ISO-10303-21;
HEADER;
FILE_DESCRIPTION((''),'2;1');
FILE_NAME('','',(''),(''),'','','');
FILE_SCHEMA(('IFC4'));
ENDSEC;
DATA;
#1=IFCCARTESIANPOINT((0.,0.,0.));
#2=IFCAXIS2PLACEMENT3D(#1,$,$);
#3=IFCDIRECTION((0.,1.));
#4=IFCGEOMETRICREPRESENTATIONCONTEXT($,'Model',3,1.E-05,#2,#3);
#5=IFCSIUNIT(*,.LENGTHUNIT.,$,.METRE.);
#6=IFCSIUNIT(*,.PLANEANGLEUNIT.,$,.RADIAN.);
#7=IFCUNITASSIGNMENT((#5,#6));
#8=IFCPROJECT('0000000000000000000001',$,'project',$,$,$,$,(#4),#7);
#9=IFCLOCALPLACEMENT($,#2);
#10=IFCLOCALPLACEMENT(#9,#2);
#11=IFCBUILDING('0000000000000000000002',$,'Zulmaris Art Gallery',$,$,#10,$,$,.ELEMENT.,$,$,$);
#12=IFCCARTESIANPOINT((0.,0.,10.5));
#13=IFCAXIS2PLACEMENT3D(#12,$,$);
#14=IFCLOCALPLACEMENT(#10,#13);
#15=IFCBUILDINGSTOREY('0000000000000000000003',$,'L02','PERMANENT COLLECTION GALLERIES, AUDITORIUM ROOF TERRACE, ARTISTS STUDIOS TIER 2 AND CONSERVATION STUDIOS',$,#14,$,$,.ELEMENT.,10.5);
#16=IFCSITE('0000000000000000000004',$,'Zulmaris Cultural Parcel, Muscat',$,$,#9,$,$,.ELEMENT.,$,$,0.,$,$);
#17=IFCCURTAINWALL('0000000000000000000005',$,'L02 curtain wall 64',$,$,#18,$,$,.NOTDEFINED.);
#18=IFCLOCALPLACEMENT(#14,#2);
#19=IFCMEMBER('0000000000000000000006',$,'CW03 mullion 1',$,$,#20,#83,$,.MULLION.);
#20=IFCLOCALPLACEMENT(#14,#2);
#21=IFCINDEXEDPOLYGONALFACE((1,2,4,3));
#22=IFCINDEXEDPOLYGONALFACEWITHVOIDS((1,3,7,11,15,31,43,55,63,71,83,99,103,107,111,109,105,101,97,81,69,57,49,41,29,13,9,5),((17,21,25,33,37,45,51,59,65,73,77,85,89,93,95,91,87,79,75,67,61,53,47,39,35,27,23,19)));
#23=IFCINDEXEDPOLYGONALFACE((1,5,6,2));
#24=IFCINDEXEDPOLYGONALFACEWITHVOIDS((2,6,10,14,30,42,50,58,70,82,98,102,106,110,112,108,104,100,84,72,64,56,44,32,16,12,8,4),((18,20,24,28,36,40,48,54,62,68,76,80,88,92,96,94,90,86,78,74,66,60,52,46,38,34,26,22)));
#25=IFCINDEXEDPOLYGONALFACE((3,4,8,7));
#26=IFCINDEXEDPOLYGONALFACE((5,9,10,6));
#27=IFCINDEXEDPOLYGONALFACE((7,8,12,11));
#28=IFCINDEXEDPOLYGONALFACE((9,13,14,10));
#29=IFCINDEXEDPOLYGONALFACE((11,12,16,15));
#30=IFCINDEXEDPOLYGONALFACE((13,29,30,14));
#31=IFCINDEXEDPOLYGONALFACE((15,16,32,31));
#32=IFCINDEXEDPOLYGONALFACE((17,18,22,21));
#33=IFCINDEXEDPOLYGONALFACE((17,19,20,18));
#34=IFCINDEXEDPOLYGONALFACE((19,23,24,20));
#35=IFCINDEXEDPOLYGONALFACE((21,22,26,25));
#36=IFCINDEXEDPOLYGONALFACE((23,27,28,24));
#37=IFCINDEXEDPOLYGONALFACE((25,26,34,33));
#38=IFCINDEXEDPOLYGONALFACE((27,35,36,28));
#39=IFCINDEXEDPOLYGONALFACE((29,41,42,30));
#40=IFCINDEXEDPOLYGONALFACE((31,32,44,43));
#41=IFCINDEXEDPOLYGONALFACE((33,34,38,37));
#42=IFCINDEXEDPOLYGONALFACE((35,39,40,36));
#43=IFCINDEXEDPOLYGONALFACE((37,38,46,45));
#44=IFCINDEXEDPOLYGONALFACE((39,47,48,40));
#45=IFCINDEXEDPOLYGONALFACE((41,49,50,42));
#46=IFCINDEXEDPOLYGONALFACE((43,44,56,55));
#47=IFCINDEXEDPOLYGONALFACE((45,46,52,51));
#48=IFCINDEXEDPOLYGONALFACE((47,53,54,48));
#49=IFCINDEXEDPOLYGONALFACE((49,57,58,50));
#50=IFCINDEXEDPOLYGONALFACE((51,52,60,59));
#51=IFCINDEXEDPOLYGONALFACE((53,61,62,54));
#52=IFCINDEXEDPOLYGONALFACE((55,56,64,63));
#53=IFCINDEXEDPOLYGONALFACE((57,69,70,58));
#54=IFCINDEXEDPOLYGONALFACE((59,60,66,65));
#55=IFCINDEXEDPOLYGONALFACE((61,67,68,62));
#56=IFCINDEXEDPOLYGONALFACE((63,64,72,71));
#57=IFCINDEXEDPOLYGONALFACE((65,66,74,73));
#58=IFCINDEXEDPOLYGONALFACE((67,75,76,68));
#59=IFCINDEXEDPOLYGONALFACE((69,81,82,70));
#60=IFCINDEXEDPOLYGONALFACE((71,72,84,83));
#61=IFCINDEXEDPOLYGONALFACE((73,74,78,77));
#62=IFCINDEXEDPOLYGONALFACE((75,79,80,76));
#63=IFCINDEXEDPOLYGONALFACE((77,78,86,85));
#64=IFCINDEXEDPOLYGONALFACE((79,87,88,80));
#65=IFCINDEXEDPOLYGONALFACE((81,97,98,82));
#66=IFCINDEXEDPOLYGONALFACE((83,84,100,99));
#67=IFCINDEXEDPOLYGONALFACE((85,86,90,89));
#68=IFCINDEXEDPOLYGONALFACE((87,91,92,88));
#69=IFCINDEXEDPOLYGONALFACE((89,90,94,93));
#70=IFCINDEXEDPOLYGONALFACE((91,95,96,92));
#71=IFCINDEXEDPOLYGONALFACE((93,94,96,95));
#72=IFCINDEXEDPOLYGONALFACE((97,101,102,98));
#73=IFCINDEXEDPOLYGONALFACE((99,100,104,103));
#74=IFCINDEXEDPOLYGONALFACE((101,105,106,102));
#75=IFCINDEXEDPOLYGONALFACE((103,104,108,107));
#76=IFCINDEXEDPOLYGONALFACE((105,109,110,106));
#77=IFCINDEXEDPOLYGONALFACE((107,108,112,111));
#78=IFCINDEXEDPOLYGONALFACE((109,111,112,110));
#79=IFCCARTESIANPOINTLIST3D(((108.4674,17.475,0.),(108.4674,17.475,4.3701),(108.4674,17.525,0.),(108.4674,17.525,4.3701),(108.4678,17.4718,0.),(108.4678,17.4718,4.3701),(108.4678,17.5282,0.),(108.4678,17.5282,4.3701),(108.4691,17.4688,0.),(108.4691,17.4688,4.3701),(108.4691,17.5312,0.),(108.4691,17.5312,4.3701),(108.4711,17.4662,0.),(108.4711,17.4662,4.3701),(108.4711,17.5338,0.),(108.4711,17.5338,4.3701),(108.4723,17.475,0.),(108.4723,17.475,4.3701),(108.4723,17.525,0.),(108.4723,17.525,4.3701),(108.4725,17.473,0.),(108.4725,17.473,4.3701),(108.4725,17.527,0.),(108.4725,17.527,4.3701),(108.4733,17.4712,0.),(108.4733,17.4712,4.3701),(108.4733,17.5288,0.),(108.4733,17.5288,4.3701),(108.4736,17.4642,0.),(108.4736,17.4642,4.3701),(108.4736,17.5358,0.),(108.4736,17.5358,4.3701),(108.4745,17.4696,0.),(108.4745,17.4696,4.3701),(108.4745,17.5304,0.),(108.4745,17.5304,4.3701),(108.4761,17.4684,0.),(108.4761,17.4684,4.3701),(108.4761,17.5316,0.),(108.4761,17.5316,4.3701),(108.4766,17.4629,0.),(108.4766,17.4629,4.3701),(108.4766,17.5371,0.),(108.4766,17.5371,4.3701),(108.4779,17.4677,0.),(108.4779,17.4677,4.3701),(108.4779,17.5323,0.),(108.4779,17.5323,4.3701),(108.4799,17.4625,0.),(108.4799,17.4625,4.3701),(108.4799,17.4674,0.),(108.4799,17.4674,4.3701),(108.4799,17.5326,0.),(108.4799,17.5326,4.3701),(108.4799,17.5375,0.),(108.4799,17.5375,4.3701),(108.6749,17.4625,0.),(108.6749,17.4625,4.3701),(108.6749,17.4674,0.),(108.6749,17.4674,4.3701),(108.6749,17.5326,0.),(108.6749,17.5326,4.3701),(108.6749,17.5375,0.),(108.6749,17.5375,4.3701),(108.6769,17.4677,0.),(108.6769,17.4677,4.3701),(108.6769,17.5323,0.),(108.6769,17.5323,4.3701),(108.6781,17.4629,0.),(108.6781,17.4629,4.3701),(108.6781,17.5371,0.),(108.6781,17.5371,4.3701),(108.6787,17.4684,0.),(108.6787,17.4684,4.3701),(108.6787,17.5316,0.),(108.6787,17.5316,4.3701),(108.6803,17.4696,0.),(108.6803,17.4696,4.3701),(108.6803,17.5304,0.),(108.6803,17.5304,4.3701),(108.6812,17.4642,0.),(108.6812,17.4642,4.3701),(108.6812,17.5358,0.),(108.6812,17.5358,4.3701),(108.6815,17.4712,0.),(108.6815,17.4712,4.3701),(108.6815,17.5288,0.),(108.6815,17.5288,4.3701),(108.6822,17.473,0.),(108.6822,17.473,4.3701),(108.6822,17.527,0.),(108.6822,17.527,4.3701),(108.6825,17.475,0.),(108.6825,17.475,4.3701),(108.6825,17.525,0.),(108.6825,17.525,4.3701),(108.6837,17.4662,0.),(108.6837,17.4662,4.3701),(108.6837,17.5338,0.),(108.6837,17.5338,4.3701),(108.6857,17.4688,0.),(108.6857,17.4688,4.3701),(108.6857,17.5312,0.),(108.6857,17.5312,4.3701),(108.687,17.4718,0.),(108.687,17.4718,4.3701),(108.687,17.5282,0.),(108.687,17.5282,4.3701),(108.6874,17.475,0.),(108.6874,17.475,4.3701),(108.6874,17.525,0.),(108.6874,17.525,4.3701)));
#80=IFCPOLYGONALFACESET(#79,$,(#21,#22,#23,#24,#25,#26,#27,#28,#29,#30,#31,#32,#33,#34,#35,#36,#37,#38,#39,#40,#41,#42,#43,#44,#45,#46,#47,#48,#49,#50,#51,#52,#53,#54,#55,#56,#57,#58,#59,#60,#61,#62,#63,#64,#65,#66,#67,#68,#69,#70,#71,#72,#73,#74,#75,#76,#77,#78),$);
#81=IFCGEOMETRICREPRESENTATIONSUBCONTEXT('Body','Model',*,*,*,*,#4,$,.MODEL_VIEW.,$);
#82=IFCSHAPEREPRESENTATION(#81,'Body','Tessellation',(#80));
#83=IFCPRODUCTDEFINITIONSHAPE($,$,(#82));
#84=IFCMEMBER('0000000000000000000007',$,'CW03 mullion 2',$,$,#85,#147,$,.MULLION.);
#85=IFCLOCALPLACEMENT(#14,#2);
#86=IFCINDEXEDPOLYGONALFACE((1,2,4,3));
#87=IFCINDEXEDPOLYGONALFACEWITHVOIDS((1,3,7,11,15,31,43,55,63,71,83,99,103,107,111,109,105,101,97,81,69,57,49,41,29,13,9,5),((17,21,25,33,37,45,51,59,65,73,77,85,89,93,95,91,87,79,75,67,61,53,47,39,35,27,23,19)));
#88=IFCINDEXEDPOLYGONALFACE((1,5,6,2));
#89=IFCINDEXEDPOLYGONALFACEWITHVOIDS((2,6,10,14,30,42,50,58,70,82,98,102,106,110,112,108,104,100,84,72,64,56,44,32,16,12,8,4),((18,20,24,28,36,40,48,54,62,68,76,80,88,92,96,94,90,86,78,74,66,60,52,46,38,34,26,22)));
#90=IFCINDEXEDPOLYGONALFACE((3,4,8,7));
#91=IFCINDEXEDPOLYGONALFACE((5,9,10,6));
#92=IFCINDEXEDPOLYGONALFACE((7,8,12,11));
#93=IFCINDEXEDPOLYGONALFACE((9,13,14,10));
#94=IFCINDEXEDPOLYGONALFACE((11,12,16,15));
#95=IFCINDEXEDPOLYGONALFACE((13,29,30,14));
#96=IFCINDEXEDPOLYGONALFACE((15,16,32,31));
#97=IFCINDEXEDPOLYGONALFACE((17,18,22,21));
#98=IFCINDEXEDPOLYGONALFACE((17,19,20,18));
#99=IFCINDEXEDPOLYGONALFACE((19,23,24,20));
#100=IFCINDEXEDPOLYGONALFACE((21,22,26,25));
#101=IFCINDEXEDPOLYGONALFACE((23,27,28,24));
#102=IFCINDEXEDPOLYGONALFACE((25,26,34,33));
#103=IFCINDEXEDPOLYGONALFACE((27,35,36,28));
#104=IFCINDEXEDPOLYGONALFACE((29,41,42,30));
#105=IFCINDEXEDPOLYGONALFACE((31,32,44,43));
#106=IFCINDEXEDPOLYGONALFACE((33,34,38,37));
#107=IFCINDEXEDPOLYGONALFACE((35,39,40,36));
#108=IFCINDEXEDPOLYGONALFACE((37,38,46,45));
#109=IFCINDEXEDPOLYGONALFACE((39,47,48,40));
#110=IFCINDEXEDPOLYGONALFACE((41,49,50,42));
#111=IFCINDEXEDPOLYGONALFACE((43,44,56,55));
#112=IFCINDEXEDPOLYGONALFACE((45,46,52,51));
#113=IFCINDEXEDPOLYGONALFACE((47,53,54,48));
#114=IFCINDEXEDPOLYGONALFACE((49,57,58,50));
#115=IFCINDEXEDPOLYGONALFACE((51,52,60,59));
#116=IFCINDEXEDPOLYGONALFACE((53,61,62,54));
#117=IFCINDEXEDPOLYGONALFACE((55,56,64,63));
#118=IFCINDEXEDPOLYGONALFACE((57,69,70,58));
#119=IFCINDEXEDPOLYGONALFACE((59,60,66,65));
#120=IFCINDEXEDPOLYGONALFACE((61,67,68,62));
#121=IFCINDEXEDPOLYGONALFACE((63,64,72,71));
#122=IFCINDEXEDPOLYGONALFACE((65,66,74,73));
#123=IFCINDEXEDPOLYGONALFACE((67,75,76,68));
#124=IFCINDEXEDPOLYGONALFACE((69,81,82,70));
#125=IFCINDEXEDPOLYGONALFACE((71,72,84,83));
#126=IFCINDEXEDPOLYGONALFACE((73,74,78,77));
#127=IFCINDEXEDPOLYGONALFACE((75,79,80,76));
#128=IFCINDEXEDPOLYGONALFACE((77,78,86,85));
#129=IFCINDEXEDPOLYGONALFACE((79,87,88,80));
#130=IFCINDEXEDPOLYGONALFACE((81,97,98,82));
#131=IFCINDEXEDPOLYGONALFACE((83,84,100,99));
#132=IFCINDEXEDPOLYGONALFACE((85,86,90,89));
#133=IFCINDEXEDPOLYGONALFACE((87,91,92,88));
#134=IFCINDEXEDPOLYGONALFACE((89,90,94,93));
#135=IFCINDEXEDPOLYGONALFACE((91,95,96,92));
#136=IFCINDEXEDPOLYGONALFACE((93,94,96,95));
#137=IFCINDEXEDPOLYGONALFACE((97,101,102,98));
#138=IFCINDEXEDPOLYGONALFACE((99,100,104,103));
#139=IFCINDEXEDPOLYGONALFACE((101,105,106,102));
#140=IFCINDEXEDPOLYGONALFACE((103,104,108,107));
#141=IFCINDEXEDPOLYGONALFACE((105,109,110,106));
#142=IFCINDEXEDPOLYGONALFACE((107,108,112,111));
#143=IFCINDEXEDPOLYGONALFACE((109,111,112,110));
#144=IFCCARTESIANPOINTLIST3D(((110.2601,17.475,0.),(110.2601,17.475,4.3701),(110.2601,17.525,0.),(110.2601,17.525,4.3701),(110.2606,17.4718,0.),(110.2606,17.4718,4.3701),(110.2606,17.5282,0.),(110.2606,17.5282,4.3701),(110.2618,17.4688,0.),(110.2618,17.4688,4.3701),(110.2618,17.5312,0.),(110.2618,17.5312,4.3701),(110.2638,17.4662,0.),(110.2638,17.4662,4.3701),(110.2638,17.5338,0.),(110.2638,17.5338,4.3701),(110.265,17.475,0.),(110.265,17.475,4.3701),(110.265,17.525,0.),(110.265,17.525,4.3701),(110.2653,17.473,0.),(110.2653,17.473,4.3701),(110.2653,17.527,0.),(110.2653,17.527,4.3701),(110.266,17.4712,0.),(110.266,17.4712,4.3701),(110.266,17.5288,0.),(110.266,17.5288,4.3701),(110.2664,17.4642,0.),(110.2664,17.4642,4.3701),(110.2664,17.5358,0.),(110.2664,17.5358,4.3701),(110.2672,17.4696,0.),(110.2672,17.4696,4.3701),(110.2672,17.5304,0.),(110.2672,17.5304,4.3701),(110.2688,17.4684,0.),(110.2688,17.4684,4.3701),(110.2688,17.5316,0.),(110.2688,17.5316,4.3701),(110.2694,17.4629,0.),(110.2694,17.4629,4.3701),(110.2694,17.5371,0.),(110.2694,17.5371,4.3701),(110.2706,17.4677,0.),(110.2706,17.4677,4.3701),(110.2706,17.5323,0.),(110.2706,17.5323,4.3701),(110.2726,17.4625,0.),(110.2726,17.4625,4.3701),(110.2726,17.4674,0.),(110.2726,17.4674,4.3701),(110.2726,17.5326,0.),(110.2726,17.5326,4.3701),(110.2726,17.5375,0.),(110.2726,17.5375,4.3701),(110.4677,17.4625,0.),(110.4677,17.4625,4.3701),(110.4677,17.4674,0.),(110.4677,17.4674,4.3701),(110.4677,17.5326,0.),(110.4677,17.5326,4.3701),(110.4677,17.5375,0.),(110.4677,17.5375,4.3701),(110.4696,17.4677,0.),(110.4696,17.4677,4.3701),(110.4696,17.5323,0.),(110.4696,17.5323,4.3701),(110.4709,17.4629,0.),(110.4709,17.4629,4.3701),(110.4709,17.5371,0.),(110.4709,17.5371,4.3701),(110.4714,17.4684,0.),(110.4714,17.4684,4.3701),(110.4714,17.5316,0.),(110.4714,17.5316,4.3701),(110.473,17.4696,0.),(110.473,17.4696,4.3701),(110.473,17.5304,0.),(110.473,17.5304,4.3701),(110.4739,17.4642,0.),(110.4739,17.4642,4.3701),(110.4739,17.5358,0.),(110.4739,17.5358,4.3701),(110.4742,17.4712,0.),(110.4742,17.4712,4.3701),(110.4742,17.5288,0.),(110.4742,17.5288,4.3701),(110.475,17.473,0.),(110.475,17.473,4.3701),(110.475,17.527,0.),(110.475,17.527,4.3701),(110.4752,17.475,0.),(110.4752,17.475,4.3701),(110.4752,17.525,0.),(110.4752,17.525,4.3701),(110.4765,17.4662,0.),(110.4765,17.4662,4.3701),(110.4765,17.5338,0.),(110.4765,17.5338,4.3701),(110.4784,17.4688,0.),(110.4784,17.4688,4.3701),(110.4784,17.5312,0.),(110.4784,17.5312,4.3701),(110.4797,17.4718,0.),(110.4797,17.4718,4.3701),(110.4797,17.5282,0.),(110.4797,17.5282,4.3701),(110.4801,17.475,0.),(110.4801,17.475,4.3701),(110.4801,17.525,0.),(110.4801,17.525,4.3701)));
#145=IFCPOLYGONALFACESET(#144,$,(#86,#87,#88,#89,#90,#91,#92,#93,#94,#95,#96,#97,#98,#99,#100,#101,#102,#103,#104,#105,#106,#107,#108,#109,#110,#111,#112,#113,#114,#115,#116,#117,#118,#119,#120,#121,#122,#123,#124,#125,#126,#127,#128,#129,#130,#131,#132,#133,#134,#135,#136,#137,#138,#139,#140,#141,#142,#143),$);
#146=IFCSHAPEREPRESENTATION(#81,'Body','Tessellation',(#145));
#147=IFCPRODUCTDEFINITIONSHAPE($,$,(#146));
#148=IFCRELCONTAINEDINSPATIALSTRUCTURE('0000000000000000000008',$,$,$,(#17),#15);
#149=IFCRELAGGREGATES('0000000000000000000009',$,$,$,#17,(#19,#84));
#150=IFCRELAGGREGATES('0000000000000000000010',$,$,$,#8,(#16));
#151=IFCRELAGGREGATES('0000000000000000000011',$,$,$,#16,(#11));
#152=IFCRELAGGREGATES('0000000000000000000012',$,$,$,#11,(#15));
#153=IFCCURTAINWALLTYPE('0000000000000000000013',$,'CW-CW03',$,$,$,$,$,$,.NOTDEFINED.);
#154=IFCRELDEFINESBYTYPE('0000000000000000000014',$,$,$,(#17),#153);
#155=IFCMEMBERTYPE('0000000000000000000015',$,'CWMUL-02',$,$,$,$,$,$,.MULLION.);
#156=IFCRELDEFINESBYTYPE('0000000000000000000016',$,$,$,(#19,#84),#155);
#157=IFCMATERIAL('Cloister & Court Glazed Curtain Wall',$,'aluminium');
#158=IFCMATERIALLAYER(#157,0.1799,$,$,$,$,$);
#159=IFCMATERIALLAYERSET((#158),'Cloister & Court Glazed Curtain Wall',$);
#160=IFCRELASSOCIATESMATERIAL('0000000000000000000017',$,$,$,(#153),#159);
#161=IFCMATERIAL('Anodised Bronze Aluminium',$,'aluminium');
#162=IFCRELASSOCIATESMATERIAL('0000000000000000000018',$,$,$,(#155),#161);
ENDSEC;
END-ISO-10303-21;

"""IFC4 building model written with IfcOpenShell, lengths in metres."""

from ifc_helpers import new_model, si_unit, direction, frame, origin, origin_2d, place, context, subcontext, project, spatial, hollow_rectangle, extrude, material, layer, layer_set, material_profile, profile_set, type_object, element, aggregate, save


model = new_model("IFC4")

# Units and contexts
model_context = context("Model", 3, precision=1e-05, world=origin(), true_north=direction((0.0, 1.0)))
body_context = subcontext(model_context, "Body", "Model", "MODEL_VIEW")
ifc_project = project(units=[si_unit("LENGTHUNIT", "METRE"), si_unit("PLANEANGLEUNIT", "RADIAN")], contexts=[model_context])

# Site, building, storey
site_placement = place(None, origin())
site = spatial("IfcSite", under=ifc_project, at=site_placement, Name="Zulmaris Cultural Parcel, Muscat", CompositionType="ELEMENT", RefElevation=0.0)
building_placement = place(site_placement, origin())
building = spatial("IfcBuilding", under=site, at=building_placement, Name="Zulmaris Art Gallery", CompositionType="ELEMENT")
storey_placement = place(building_placement, frame((0.0, 0.0, 10.5)))
storey = spatial("IfcBuildingStorey", under=building, at=storey_placement, Name="L02", Description="PERMANENT COLLECTION GALLERIES, AUDITORIUM ROOF TERRACE, ARTISTS STUDIOS TIER 2 AND CONSERVATION STUDIOS", CompositionType="ELEMENT", Elevation=10.5)

# Shared definitions
ifc_material_1 = material(Name="Cloister & Court Glazed Curtain Wall", Category="aluminium")
ifc_layer_1 = layer(ifc_material_1, 0.1799)
ifc_layer_set_1 = layer_set([ifc_layer_1], Name="Cloister & Court Glazed Curtain Wall")
curtain_wall_type = type_object("IfcCurtainWallType", Name="CW-CW03", PredefinedType="NOTDEFINED", material=ifc_layer_set_1)
ifc_material_2 = material(Name="Anodised Bronze Aluminium", Category="aluminium")
ifc_material_profile_1 = material_profile(ifc_material_2, hollow_rectangle(XDim=0.075, YDim=0.22, WallThickness=0.0049, InnerFilletRadius=0.0076, OuterFilletRadius=0.0125, at=origin_2d()), Name="ALU 75x220x5")
ifc_profile_set_1 = profile_set([ifc_material_profile_1], Name="Anodised Bronze Aluminium")
member_type_1 = type_object("IfcMemberType", Name="CWMUL-02", PredefinedType="MULLION", material=ifc_profile_set_1)

# Curtain wall, members
curtain_wall_1_placement = place(storey_placement, origin())
curtain_wall_1 = element("IfcCurtainWall", 1, at=curtain_wall_1_placement, inside=storey, type_object=curtain_wall_type, Name="L02 curtain wall 64", PredefinedType="NOTDEFINED")
member_1_placement = place(storey_placement, frame((108.5774, 17.5, 0.0), z_axis=(0.0, 0.0, 1.0), x_axis=(0.0, 1.0, 0.0)))
member_1 = element("IfcMember", 2, at=member_1_placement, type_object=member_type_1, Name="CW03 mullion 1", PredefinedType="MULLION", context=body_context, shape_type="SweptSolid", body=[
    extrude(hollow_rectangle(XDim=0.075, YDim=0.22, WallThickness=0.0049, InnerFilletRadius=0.0076, OuterFilletRadius=0.0125, at=origin_2d()), origin(), (0.0, 0.0, 1.0), 4.3701),
])
member_2_placement = place(storey_placement, frame((110.3701, 17.5, 0.0), z_axis=(0.0, 0.0, 1.0), x_axis=(0.0, 1.0, 0.0)))
member_2 = element("IfcMember", 3, at=member_2_placement, type_object=member_type_1, Name="CW03 mullion 2", PredefinedType="MULLION", context=body_context, shape_type="SweptSolid", body=[
    extrude(hollow_rectangle(XDim=0.075, YDim=0.22, WallThickness=0.0049, InnerFilletRadius=0.0076, OuterFilletRadius=0.0125, at=origin_2d()), origin(), (0.0, 0.0, 1.0), 4.3701),
])

aggregate(curtain_wall_1, [member_1, member_2])

save(model, "model.ifc")
